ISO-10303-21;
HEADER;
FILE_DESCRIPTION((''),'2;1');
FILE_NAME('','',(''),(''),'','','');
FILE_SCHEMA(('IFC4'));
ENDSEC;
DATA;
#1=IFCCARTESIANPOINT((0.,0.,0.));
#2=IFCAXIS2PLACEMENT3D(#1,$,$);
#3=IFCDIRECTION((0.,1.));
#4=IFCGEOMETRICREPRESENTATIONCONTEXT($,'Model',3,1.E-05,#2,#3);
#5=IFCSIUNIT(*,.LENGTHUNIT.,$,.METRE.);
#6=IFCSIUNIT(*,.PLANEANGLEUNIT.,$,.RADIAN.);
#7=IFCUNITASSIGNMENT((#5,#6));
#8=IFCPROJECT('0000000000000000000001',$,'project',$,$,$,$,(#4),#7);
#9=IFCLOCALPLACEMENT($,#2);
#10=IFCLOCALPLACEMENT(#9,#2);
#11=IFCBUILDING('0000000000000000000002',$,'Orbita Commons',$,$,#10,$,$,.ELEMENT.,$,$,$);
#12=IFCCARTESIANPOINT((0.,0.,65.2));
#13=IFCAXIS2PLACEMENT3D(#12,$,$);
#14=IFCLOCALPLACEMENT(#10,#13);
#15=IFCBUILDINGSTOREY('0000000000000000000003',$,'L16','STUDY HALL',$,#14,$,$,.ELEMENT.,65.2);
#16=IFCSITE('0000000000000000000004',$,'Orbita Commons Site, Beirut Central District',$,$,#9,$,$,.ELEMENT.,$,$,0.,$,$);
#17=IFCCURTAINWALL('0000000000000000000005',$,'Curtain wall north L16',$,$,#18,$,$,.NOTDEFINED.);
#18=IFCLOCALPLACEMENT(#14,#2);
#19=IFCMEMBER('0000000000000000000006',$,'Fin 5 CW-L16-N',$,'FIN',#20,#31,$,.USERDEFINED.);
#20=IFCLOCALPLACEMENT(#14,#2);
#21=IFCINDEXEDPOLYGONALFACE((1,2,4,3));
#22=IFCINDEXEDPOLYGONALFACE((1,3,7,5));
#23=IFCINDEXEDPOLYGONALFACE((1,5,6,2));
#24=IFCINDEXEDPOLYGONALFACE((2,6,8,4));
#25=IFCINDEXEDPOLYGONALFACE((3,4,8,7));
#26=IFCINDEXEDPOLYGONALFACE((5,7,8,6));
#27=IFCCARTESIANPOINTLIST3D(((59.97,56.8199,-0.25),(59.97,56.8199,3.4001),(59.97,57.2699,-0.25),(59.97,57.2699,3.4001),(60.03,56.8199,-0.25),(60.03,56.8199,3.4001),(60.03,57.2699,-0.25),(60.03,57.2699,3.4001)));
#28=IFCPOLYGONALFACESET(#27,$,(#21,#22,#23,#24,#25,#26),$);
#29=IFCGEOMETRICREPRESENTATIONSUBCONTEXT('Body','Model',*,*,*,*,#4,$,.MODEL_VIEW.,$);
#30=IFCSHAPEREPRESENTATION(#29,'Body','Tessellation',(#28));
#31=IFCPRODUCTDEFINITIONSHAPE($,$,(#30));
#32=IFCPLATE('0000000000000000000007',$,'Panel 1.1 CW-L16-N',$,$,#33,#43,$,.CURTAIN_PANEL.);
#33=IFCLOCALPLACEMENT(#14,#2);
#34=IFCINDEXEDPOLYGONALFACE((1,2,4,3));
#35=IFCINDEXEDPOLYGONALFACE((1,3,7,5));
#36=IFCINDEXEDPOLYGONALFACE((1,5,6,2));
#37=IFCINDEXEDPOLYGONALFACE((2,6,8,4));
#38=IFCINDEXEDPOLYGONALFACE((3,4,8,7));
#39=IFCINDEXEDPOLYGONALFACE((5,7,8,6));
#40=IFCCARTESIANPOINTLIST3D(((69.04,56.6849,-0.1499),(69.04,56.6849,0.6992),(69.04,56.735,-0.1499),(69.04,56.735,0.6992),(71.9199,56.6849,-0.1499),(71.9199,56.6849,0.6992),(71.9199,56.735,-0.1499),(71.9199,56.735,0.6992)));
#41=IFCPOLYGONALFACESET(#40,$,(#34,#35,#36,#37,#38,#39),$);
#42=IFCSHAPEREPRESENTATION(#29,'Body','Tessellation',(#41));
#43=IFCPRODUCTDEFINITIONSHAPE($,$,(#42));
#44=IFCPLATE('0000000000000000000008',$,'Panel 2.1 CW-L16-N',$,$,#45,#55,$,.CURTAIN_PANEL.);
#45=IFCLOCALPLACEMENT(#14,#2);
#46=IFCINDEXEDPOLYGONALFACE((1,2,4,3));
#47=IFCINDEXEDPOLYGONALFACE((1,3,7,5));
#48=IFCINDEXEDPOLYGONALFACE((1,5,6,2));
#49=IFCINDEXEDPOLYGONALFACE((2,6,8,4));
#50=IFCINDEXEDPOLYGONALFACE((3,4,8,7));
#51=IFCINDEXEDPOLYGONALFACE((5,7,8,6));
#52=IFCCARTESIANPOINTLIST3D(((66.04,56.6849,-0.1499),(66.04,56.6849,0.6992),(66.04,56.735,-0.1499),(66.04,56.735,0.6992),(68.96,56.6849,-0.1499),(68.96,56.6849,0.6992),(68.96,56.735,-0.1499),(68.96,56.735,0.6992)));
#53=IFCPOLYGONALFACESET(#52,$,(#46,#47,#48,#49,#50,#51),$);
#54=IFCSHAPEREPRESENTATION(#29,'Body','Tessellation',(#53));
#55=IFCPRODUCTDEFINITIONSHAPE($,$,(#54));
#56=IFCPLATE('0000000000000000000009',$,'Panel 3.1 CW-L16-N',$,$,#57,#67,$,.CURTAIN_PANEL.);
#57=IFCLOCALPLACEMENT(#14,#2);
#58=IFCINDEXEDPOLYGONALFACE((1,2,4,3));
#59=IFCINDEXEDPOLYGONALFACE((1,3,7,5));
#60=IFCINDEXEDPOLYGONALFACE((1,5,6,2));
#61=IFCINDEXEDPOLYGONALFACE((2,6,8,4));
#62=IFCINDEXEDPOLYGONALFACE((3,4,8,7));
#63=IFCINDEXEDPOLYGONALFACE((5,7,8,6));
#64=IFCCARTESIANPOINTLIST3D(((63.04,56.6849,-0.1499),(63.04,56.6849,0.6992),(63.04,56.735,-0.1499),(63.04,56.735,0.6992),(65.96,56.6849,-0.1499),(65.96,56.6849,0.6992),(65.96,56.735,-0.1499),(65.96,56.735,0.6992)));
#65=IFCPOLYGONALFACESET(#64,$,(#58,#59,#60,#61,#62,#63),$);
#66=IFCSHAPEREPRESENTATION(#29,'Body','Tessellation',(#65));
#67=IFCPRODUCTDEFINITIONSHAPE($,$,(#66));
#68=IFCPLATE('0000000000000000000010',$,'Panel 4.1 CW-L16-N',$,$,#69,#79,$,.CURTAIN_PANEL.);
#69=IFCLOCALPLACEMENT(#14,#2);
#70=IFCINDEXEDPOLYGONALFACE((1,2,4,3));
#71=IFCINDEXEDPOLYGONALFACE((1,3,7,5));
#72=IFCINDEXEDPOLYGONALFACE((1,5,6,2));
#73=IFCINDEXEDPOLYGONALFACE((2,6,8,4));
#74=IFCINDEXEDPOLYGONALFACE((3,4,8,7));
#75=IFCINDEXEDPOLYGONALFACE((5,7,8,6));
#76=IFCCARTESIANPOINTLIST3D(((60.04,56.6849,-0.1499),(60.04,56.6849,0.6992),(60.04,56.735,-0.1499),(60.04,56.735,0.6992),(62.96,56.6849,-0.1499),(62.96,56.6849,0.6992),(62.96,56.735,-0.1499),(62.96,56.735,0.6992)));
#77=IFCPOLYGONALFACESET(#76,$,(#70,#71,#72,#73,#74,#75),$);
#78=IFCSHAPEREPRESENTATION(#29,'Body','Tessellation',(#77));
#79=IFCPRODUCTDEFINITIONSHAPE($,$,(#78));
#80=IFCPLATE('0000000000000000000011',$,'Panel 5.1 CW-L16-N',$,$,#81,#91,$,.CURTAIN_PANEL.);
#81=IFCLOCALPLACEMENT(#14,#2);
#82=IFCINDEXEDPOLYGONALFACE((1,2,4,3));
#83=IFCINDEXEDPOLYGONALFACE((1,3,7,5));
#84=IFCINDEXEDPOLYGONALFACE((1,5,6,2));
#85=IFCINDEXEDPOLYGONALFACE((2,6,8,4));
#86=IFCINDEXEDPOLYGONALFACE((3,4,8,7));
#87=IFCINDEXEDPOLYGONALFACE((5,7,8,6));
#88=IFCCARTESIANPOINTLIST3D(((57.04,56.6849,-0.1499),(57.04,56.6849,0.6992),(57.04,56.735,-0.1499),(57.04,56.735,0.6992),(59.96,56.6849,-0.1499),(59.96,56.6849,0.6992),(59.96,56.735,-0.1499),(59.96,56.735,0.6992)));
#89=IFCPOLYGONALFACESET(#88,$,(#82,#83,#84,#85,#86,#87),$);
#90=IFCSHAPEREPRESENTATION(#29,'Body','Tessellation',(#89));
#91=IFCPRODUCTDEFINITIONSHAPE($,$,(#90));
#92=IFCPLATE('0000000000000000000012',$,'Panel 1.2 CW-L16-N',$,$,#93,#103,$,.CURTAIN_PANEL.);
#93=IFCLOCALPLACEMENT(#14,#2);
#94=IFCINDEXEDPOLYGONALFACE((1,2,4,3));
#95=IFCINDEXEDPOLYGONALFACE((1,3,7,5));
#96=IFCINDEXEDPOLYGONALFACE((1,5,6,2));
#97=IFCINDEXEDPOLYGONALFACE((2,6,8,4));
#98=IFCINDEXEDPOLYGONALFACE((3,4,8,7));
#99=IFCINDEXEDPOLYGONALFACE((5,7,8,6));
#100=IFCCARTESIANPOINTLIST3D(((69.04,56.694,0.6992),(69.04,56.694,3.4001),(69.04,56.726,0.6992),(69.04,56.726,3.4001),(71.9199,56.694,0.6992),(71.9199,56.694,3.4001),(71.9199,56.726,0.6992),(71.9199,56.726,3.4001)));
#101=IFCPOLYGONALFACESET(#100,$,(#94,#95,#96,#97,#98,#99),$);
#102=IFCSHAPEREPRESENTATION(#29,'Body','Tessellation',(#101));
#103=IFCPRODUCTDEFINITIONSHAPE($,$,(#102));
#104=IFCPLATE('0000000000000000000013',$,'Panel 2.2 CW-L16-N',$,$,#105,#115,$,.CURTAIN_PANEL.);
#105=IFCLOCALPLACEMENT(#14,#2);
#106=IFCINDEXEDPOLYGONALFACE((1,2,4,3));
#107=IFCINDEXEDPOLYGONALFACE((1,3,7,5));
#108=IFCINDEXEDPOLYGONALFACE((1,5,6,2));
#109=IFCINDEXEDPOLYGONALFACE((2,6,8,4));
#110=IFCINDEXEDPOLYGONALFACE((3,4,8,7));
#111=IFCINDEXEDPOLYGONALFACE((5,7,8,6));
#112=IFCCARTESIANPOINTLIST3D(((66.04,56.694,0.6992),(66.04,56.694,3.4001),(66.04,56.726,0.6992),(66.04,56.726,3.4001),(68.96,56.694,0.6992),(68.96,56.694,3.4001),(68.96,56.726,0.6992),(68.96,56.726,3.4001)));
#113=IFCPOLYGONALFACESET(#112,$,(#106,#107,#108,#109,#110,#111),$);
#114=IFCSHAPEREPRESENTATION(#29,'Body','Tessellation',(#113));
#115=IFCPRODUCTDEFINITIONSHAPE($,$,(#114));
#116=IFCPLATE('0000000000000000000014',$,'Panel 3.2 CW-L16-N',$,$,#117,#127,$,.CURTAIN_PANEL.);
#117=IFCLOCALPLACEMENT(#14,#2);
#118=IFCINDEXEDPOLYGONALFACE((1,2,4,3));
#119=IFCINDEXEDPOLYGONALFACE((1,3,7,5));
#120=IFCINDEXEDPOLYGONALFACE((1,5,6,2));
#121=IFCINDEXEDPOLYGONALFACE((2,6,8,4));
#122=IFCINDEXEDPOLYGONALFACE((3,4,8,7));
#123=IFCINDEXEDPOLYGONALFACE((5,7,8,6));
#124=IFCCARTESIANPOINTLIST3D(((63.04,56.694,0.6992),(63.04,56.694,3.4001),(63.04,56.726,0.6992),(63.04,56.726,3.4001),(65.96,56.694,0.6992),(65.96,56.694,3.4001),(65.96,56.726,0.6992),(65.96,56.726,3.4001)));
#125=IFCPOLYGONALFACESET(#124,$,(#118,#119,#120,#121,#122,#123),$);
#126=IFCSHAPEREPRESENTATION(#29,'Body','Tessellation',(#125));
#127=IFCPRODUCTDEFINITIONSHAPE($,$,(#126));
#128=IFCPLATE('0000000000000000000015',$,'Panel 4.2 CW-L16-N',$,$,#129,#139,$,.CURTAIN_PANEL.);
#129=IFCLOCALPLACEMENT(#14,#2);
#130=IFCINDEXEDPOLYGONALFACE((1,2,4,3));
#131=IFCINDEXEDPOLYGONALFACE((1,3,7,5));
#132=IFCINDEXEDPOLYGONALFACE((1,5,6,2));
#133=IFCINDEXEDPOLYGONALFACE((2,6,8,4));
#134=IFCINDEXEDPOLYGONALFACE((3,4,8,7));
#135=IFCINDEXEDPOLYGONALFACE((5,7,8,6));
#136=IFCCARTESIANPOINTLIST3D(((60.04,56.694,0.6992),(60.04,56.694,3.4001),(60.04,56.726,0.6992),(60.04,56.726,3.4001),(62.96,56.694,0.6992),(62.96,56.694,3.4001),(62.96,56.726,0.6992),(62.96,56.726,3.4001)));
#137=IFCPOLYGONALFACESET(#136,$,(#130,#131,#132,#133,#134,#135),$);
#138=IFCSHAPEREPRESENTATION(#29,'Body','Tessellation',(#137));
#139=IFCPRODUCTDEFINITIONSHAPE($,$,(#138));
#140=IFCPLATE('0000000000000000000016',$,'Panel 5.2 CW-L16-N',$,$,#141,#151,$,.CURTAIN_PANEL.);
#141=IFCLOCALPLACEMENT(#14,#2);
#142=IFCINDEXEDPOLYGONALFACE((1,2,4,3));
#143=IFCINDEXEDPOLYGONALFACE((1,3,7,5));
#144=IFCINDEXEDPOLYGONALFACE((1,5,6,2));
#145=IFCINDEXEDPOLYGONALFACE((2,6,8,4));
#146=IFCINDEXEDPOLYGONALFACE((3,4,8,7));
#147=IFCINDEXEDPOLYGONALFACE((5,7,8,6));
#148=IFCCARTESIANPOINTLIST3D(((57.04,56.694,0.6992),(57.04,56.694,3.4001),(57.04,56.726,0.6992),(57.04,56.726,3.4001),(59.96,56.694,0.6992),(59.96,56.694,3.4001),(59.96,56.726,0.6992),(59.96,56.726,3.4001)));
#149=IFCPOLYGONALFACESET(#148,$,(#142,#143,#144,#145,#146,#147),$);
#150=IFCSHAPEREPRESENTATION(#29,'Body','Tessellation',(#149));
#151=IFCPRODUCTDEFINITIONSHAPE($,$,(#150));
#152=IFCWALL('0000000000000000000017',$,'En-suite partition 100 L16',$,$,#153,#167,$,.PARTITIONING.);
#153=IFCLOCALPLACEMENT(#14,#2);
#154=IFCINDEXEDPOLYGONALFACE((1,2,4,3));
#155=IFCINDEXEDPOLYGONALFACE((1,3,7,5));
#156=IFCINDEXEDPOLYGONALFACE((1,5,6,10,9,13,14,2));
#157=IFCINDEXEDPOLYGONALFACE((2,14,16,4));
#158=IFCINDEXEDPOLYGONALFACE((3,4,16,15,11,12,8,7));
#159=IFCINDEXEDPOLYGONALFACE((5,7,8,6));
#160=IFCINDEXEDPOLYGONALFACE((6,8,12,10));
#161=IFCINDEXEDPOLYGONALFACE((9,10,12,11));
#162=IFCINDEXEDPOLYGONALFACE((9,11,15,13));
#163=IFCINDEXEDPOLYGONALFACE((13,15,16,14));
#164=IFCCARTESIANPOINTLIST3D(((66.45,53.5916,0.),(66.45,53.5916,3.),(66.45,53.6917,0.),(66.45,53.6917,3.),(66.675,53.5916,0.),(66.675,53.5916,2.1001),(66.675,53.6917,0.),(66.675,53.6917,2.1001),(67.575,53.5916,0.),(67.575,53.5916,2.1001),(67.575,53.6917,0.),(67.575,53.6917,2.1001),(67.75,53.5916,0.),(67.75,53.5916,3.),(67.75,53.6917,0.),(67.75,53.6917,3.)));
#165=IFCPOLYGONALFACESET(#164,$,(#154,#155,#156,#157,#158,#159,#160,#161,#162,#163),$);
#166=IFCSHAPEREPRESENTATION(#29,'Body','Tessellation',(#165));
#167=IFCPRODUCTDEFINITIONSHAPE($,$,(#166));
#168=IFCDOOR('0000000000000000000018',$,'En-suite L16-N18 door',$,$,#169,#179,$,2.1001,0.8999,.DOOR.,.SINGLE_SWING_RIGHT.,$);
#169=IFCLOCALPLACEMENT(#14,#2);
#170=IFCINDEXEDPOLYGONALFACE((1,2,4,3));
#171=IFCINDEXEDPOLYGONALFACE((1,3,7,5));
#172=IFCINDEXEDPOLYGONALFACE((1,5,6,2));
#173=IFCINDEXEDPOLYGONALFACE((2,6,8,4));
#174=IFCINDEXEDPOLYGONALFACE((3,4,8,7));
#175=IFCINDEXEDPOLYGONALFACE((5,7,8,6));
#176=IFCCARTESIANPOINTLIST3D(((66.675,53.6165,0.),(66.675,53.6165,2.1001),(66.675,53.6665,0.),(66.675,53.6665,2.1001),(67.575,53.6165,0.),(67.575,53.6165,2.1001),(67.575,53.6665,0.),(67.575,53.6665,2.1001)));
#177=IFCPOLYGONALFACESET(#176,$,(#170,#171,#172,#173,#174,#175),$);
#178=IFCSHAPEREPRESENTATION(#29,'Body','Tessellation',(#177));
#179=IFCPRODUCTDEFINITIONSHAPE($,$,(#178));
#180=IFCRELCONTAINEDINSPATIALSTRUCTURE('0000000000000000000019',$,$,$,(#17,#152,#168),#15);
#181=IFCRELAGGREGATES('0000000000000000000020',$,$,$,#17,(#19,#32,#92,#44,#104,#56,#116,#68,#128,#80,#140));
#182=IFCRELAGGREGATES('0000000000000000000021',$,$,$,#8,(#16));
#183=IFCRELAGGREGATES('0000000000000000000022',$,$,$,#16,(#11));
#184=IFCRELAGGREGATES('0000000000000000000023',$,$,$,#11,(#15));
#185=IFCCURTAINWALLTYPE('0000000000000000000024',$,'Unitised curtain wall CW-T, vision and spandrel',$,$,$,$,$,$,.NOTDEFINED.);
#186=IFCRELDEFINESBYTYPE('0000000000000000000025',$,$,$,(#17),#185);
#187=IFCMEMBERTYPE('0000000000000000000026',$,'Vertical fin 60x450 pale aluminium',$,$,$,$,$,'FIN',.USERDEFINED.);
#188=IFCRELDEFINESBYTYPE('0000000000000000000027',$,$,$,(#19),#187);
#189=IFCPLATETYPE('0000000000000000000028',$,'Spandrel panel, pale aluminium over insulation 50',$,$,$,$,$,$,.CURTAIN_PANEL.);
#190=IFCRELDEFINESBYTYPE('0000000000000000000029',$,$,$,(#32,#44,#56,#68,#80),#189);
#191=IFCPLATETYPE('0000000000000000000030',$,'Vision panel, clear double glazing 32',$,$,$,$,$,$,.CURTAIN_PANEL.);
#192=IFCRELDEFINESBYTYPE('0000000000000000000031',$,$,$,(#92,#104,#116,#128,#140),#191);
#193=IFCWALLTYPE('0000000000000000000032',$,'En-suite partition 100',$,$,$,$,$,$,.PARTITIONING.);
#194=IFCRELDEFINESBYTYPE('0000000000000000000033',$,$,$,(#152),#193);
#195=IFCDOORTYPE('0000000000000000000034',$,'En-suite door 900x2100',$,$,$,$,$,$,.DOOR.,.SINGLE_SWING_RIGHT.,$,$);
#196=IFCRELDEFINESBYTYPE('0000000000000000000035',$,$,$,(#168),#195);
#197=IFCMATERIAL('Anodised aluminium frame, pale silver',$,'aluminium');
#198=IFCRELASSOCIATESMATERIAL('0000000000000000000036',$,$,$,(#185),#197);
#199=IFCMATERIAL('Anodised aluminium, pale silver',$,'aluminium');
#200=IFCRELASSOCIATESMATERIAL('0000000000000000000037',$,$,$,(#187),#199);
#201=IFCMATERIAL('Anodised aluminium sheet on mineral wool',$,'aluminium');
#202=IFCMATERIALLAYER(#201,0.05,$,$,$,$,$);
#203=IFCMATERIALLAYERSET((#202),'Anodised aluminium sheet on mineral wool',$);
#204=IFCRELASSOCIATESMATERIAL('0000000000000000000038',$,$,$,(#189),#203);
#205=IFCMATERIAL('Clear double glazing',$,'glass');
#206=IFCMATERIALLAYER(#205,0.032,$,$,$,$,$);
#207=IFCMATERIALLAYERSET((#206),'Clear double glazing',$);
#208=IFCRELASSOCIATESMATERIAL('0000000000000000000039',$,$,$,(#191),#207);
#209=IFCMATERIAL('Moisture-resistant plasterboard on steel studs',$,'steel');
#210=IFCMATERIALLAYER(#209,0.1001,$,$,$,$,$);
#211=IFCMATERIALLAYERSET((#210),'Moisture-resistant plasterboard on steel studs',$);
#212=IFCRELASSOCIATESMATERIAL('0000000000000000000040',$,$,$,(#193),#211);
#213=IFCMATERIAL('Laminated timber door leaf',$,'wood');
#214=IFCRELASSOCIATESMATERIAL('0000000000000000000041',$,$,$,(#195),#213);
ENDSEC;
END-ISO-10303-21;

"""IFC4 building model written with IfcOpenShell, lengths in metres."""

from ifc_helpers import new_model, si_unit, direction, frame, frame_2d, origin, origin_2d, place, context, subcontext, project, spatial, polyline, rectangle, outline, extrude, material, layer, layer_set, material_profile, profile_set, type_object, element, fill, aggregate, save


model = new_model("IFC4")

# Units and contexts
model_context = context("Model", 3, precision=1e-05, world=origin(), true_north=direction((0.0, 1.0)))
body_context = subcontext(model_context, "Body", "Model", "MODEL_VIEW")
ifc_project = project(units=[si_unit("LENGTHUNIT", "METRE"), si_unit("PLANEANGLEUNIT", "RADIAN")], contexts=[model_context])

# Site, building, storey
site_placement = place(None, origin())
site = spatial("IfcSite", under=ifc_project, at=site_placement, Name="Orbita Commons Site, Beirut Central District", CompositionType="ELEMENT", RefElevation=0.0)
building_placement = place(site_placement, origin())
building = spatial("IfcBuilding", under=site, at=building_placement, Name="Orbita Commons", CompositionType="ELEMENT")
storey_placement = place(building_placement, frame((0.0, 0.0, 65.2)))
storey = spatial("IfcBuildingStorey", under=building, at=storey_placement, Name="L16", Description="STUDY HALL", CompositionType="ELEMENT", Elevation=65.2)

# Curtain wall
ifc_material_1 = material(Name="Anodised aluminium frame, pale silver", Category="aluminium")
curtain_wall_type = type_object("IfcCurtainWallType", Name="Unitised curtain wall CW-T, vision and spandrel", PredefinedType="NOTDEFINED", material=ifc_material_1)
curtain_wall_placement = place(storey_placement, origin())
curtain_wall = element("IfcCurtainWall", 1, at=curtain_wall_placement, inside=storey, type_object=curtain_wall_type, Name="Curtain wall north L16", PredefinedType="NOTDEFINED")

# Member
ifc_material_2 = material(Name="Anodised aluminium, pale silver", Category="aluminium")
ifc_material_profile_1 = material_profile(ifc_material_2, rectangle(XDim=0.0601, YDim=0.45, at=origin_2d()), Name="FIN 60x450")
ifc_profile_set_1 = profile_set([ifc_material_profile_1], Name="Anodised aluminium, pale silver")
member_type_1 = type_object("IfcMemberType", Name="Vertical fin 60x450 pale aluminium", ElementType="FIN", PredefinedType="USERDEFINED", material=ifc_profile_set_1)
member_1_placement = place(storey_placement, frame((60.0, 57.0449, -0.25), z_axis=(0.0, 0.0, 1.0), x_axis=(-1.0, 0.0, 0.0)))
member_1 = element("IfcMember", 2, at=member_1_placement, type_object=member_type_1, Name="Fin 5 CW-L16-N", ObjectType="FIN", PredefinedType="USERDEFINED", context=body_context, shape_type="SweptSolid", body=[
    extrude(rectangle(XDim=0.0601, YDim=0.45, at=origin_2d()), origin(), (0.0, 0.0, 1.0), 3.6501),
])

# Plates
ifc_material_3 = material(Name="Anodised aluminium sheet on mineral wool", Category="aluminium")
ifc_layer_1 = layer(ifc_material_3, 0.05)
ifc_layer_set_1 = layer_set([ifc_layer_1], Name="Anodised aluminium sheet on mineral wool")
plate_type_1 = type_object("IfcPlateType", Name="Spandrel panel, pale aluminium over insulation 50", PredefinedType="CURTAIN_PANEL", material=ifc_layer_set_1)
plate_1_placement = place(storey_placement, frame((70.48, 56.71, -0.1499), z_axis=(0.0, 0.0, 1.0), x_axis=(-1.0, 0.0, 0.0)))
plate_1 = element("IfcPlate", 3, at=plate_1_placement, type_object=plate_type_1, Name="Panel 1.1 CW-L16-N", PredefinedType="CURTAIN_PANEL", context=body_context, shape_type="SweptSolid", body=[
    extrude(rectangle(XDim=2.8799, YDim=0.05, at=origin_2d()), origin(), (0.0, 0.0, 1.0), 0.8491),
])
plate_2_placement = place(storey_placement, frame((67.5, 56.71, -0.1499), z_axis=(0.0, 0.0, 1.0), x_axis=(-1.0, 0.0, 0.0)))
plate_2 = element("IfcPlate", 4, at=plate_2_placement, type_object=plate_type_1, Name="Panel 2.1 CW-L16-N", PredefinedType="CURTAIN_PANEL", context=body_context, shape_type="SweptSolid", body=[
    extrude(rectangle(XDim=2.9199, YDim=0.05, at=origin_2d()), origin(), (0.0, 0.0, 1.0), 0.8491),
])
plate_3_placement = place(storey_placement, frame((64.5, 56.71, -0.1499), z_axis=(0.0, 0.0, 1.0), x_axis=(-1.0, 0.0, 0.0)))
plate_3 = element("IfcPlate", 5, at=plate_3_placement, type_object=plate_type_1, Name="Panel 3.1 CW-L16-N", PredefinedType="CURTAIN_PANEL", context=body_context, shape_type="SweptSolid", body=[
    extrude(rectangle(XDim=2.9199, YDim=0.05, at=origin_2d()), origin(), (0.0, 0.0, 1.0), 0.8491),
])
plate_4_placement = place(storey_placement, frame((61.5, 56.71, -0.1499), z_axis=(0.0, 0.0, 1.0), x_axis=(-1.0, 0.0, 0.0)))
plate_4 = element("IfcPlate", 6, at=plate_4_placement, type_object=plate_type_1, Name="Panel 4.1 CW-L16-N", PredefinedType="CURTAIN_PANEL", context=body_context, shape_type="SweptSolid", body=[
    extrude(rectangle(XDim=2.9199, YDim=0.05, at=origin_2d()), origin(), (0.0, 0.0, 1.0), 0.8491),
])
plate_5_placement = place(storey_placement, frame((58.5, 56.71, -0.1499), z_axis=(0.0, 0.0, 1.0), x_axis=(-1.0, 0.0, 0.0)))
plate_5 = element("IfcPlate", 7, at=plate_5_placement, type_object=plate_type_1, Name="Panel 5.1 CW-L16-N", PredefinedType="CURTAIN_PANEL", context=body_context, shape_type="SweptSolid", body=[
    extrude(rectangle(XDim=2.9199, YDim=0.05, at=origin_2d()), origin(), (0.0, 0.0, 1.0), 0.8491),
])
ifc_material_4 = material(Name="Clear double glazing", Category="glass")
ifc_layer_2 = layer(ifc_material_4, 0.032)
ifc_layer_set_2 = layer_set([ifc_layer_2], Name="Clear double glazing")
plate_type_2 = type_object("IfcPlateType", Name="Vision panel, clear double glazing 32", PredefinedType="CURTAIN_PANEL", material=ifc_layer_set_2)
plate_6_placement = place(storey_placement, frame((70.48, 56.71, 0.6992), z_axis=(0.0, 0.0, 1.0), x_axis=(-1.0, 0.0, 0.0)))
plate_6 = element("IfcPlate", 8, at=plate_6_placement, type_object=plate_type_2, Name="Panel 1.2 CW-L16-N", PredefinedType="CURTAIN_PANEL", context=body_context, shape_type="SweptSolid", body=[
    extrude(rectangle(XDim=2.8799, YDim=0.032, at=origin_2d()), origin(), (0.0, 0.0, 1.0), 2.7009),
])
plate_7_placement = place(storey_placement, frame((67.5, 56.71, 0.6992), z_axis=(0.0, 0.0, 1.0), x_axis=(-1.0, 0.0, 0.0)))
plate_7 = element("IfcPlate", 9, at=plate_7_placement, type_object=plate_type_2, Name="Panel 2.2 CW-L16-N", PredefinedType="CURTAIN_PANEL", context=body_context, shape_type="SweptSolid", body=[
    extrude(rectangle(XDim=2.9199, YDim=0.032, at=origin_2d()), origin(), (0.0, 0.0, 1.0), 2.7009),
])
plate_8_placement = place(storey_placement, frame((64.5, 56.71, 0.6992), z_axis=(0.0, 0.0, 1.0), x_axis=(-1.0, 0.0, 0.0)))
plate_8 = element("IfcPlate", 10, at=plate_8_placement, type_object=plate_type_2, Name="Panel 3.2 CW-L16-N", PredefinedType="CURTAIN_PANEL", context=body_context, shape_type="SweptSolid", body=[
    extrude(rectangle(XDim=2.9199, YDim=0.032, at=origin_2d()), origin(), (0.0, 0.0, 1.0), 2.7009),
])
plate_9_placement = place(storey_placement, frame((61.5, 56.71, 0.6992), z_axis=(0.0, 0.0, 1.0), x_axis=(-1.0, 0.0, 0.0)))
plate_9 = element("IfcPlate", 11, at=plate_9_placement, type_object=plate_type_2, Name="Panel 4.2 CW-L16-N", PredefinedType="CURTAIN_PANEL", context=body_context, shape_type="SweptSolid", body=[
    extrude(rectangle(XDim=2.9199, YDim=0.032, at=origin_2d()), origin(), (0.0, 0.0, 1.0), 2.7009),
])
plate_10_placement = place(storey_placement, frame((58.5, 56.71, 0.6992), z_axis=(0.0, 0.0, 1.0), x_axis=(-1.0, 0.0, 0.0)))
plate_10 = element("IfcPlate", 12, at=plate_10_placement, type_object=plate_type_2, Name="Panel 5.2 CW-L16-N", PredefinedType="CURTAIN_PANEL", context=body_context, shape_type="SweptSolid", body=[
    extrude(rectangle(XDim=2.9199, YDim=0.032, at=origin_2d()), origin(), (0.0, 0.0, 1.0), 2.7009),
])
aggregate(curtain_wall, [member_1, plate_1, plate_6, plate_2, plate_7, plate_3, plate_8, plate_4, plate_9, plate_5, plate_10])

# Wall, opening, door
ifc_material_5 = material(Name="Moisture-resistant plasterboard on steel studs", Category="steel")
ifc_layer_3 = layer(ifc_material_5, 0.1001)
ifc_layer_set_3 = layer_set([ifc_layer_3], Name="Moisture-resistant plasterboard on steel studs")
wall_type_1 = type_object("IfcWallType", Name="En-suite partition 100", PredefinedType="PARTITIONING", material=ifc_layer_set_3)
wall_1_placement = place(storey_placement, frame((66.45, 53.6416, 0.0), z_axis=(0.0, 0.0, 1.0), x_axis=(1.0, 0.0, 0.0)))
wall_1 = element("IfcWall", 13, at=wall_1_placement, inside=storey, type_object=wall_type_1, Name="En-suite partition 100 L16", PredefinedType="PARTITIONING", context=body_context, shape_type="SweptSolid", body=[
    extrude(outline(polyline([(0.0, 0.0), (1.3, 0.0), (1.3, 3.0), (0.0, 3.0), (0.0, 0.0)])), frame((0.0, 0.05, 0.0), z_axis=(0.0, -1.0, 0.0), x_axis=(1.0, 0.0, 0.0)), (0.0, 0.0, 1.0), 0.1001),
])
opening_1_placement = place(wall_1_placement, frame((0.2251, 0.0, 0.0)))
opening_1 = element("IfcOpeningElement", 14, at=opening_1_placement, cuts=wall_1, PredefinedType="OPENING", context=body_context, shape_type="SweptSolid", body=[
    extrude(rectangle(XDim=0.8999, YDim=2.1001, at=frame_2d((0.45, 1.05))), frame((0.0, 0.0601, 0.0), z_axis=(0.0, -1.0, 0.0), x_axis=(1.0, 0.0, 0.0)), (0.0, 0.0, 1.0), 0.1201),
])
ifc_material_6 = material(Name="Laminated timber door leaf", Category="wood")
door_type = type_object("IfcDoorType", Name="En-suite door 900x2100", OperationType="SINGLE_SWING_RIGHT", PredefinedType="DOOR", material=ifc_material_6)
door_1_placement = place(opening_1_placement, origin())
door_1 = element("IfcDoor", 15, at=door_1_placement, inside=storey, type_object=door_type, Name="En-suite L16-N18 door", OperationType="SINGLE_SWING_RIGHT", OverallHeight=2.1001, OverallWidth=0.8999, PredefinedType="DOOR", context=body_context, shape_type="SweptSolid", body=[
    extrude(rectangle(XDim=0.8999, YDim=2.1001, at=frame_2d((0.45, 1.05))), frame((0.0, 0.0249, 0.0), z_axis=(0.0, -1.0, 0.0), x_axis=(1.0, 0.0, 0.0)), (0.0, 0.0, 1.0), 0.05),
])
fill(opening_1, door_1)

save(model, "model.ifc")
